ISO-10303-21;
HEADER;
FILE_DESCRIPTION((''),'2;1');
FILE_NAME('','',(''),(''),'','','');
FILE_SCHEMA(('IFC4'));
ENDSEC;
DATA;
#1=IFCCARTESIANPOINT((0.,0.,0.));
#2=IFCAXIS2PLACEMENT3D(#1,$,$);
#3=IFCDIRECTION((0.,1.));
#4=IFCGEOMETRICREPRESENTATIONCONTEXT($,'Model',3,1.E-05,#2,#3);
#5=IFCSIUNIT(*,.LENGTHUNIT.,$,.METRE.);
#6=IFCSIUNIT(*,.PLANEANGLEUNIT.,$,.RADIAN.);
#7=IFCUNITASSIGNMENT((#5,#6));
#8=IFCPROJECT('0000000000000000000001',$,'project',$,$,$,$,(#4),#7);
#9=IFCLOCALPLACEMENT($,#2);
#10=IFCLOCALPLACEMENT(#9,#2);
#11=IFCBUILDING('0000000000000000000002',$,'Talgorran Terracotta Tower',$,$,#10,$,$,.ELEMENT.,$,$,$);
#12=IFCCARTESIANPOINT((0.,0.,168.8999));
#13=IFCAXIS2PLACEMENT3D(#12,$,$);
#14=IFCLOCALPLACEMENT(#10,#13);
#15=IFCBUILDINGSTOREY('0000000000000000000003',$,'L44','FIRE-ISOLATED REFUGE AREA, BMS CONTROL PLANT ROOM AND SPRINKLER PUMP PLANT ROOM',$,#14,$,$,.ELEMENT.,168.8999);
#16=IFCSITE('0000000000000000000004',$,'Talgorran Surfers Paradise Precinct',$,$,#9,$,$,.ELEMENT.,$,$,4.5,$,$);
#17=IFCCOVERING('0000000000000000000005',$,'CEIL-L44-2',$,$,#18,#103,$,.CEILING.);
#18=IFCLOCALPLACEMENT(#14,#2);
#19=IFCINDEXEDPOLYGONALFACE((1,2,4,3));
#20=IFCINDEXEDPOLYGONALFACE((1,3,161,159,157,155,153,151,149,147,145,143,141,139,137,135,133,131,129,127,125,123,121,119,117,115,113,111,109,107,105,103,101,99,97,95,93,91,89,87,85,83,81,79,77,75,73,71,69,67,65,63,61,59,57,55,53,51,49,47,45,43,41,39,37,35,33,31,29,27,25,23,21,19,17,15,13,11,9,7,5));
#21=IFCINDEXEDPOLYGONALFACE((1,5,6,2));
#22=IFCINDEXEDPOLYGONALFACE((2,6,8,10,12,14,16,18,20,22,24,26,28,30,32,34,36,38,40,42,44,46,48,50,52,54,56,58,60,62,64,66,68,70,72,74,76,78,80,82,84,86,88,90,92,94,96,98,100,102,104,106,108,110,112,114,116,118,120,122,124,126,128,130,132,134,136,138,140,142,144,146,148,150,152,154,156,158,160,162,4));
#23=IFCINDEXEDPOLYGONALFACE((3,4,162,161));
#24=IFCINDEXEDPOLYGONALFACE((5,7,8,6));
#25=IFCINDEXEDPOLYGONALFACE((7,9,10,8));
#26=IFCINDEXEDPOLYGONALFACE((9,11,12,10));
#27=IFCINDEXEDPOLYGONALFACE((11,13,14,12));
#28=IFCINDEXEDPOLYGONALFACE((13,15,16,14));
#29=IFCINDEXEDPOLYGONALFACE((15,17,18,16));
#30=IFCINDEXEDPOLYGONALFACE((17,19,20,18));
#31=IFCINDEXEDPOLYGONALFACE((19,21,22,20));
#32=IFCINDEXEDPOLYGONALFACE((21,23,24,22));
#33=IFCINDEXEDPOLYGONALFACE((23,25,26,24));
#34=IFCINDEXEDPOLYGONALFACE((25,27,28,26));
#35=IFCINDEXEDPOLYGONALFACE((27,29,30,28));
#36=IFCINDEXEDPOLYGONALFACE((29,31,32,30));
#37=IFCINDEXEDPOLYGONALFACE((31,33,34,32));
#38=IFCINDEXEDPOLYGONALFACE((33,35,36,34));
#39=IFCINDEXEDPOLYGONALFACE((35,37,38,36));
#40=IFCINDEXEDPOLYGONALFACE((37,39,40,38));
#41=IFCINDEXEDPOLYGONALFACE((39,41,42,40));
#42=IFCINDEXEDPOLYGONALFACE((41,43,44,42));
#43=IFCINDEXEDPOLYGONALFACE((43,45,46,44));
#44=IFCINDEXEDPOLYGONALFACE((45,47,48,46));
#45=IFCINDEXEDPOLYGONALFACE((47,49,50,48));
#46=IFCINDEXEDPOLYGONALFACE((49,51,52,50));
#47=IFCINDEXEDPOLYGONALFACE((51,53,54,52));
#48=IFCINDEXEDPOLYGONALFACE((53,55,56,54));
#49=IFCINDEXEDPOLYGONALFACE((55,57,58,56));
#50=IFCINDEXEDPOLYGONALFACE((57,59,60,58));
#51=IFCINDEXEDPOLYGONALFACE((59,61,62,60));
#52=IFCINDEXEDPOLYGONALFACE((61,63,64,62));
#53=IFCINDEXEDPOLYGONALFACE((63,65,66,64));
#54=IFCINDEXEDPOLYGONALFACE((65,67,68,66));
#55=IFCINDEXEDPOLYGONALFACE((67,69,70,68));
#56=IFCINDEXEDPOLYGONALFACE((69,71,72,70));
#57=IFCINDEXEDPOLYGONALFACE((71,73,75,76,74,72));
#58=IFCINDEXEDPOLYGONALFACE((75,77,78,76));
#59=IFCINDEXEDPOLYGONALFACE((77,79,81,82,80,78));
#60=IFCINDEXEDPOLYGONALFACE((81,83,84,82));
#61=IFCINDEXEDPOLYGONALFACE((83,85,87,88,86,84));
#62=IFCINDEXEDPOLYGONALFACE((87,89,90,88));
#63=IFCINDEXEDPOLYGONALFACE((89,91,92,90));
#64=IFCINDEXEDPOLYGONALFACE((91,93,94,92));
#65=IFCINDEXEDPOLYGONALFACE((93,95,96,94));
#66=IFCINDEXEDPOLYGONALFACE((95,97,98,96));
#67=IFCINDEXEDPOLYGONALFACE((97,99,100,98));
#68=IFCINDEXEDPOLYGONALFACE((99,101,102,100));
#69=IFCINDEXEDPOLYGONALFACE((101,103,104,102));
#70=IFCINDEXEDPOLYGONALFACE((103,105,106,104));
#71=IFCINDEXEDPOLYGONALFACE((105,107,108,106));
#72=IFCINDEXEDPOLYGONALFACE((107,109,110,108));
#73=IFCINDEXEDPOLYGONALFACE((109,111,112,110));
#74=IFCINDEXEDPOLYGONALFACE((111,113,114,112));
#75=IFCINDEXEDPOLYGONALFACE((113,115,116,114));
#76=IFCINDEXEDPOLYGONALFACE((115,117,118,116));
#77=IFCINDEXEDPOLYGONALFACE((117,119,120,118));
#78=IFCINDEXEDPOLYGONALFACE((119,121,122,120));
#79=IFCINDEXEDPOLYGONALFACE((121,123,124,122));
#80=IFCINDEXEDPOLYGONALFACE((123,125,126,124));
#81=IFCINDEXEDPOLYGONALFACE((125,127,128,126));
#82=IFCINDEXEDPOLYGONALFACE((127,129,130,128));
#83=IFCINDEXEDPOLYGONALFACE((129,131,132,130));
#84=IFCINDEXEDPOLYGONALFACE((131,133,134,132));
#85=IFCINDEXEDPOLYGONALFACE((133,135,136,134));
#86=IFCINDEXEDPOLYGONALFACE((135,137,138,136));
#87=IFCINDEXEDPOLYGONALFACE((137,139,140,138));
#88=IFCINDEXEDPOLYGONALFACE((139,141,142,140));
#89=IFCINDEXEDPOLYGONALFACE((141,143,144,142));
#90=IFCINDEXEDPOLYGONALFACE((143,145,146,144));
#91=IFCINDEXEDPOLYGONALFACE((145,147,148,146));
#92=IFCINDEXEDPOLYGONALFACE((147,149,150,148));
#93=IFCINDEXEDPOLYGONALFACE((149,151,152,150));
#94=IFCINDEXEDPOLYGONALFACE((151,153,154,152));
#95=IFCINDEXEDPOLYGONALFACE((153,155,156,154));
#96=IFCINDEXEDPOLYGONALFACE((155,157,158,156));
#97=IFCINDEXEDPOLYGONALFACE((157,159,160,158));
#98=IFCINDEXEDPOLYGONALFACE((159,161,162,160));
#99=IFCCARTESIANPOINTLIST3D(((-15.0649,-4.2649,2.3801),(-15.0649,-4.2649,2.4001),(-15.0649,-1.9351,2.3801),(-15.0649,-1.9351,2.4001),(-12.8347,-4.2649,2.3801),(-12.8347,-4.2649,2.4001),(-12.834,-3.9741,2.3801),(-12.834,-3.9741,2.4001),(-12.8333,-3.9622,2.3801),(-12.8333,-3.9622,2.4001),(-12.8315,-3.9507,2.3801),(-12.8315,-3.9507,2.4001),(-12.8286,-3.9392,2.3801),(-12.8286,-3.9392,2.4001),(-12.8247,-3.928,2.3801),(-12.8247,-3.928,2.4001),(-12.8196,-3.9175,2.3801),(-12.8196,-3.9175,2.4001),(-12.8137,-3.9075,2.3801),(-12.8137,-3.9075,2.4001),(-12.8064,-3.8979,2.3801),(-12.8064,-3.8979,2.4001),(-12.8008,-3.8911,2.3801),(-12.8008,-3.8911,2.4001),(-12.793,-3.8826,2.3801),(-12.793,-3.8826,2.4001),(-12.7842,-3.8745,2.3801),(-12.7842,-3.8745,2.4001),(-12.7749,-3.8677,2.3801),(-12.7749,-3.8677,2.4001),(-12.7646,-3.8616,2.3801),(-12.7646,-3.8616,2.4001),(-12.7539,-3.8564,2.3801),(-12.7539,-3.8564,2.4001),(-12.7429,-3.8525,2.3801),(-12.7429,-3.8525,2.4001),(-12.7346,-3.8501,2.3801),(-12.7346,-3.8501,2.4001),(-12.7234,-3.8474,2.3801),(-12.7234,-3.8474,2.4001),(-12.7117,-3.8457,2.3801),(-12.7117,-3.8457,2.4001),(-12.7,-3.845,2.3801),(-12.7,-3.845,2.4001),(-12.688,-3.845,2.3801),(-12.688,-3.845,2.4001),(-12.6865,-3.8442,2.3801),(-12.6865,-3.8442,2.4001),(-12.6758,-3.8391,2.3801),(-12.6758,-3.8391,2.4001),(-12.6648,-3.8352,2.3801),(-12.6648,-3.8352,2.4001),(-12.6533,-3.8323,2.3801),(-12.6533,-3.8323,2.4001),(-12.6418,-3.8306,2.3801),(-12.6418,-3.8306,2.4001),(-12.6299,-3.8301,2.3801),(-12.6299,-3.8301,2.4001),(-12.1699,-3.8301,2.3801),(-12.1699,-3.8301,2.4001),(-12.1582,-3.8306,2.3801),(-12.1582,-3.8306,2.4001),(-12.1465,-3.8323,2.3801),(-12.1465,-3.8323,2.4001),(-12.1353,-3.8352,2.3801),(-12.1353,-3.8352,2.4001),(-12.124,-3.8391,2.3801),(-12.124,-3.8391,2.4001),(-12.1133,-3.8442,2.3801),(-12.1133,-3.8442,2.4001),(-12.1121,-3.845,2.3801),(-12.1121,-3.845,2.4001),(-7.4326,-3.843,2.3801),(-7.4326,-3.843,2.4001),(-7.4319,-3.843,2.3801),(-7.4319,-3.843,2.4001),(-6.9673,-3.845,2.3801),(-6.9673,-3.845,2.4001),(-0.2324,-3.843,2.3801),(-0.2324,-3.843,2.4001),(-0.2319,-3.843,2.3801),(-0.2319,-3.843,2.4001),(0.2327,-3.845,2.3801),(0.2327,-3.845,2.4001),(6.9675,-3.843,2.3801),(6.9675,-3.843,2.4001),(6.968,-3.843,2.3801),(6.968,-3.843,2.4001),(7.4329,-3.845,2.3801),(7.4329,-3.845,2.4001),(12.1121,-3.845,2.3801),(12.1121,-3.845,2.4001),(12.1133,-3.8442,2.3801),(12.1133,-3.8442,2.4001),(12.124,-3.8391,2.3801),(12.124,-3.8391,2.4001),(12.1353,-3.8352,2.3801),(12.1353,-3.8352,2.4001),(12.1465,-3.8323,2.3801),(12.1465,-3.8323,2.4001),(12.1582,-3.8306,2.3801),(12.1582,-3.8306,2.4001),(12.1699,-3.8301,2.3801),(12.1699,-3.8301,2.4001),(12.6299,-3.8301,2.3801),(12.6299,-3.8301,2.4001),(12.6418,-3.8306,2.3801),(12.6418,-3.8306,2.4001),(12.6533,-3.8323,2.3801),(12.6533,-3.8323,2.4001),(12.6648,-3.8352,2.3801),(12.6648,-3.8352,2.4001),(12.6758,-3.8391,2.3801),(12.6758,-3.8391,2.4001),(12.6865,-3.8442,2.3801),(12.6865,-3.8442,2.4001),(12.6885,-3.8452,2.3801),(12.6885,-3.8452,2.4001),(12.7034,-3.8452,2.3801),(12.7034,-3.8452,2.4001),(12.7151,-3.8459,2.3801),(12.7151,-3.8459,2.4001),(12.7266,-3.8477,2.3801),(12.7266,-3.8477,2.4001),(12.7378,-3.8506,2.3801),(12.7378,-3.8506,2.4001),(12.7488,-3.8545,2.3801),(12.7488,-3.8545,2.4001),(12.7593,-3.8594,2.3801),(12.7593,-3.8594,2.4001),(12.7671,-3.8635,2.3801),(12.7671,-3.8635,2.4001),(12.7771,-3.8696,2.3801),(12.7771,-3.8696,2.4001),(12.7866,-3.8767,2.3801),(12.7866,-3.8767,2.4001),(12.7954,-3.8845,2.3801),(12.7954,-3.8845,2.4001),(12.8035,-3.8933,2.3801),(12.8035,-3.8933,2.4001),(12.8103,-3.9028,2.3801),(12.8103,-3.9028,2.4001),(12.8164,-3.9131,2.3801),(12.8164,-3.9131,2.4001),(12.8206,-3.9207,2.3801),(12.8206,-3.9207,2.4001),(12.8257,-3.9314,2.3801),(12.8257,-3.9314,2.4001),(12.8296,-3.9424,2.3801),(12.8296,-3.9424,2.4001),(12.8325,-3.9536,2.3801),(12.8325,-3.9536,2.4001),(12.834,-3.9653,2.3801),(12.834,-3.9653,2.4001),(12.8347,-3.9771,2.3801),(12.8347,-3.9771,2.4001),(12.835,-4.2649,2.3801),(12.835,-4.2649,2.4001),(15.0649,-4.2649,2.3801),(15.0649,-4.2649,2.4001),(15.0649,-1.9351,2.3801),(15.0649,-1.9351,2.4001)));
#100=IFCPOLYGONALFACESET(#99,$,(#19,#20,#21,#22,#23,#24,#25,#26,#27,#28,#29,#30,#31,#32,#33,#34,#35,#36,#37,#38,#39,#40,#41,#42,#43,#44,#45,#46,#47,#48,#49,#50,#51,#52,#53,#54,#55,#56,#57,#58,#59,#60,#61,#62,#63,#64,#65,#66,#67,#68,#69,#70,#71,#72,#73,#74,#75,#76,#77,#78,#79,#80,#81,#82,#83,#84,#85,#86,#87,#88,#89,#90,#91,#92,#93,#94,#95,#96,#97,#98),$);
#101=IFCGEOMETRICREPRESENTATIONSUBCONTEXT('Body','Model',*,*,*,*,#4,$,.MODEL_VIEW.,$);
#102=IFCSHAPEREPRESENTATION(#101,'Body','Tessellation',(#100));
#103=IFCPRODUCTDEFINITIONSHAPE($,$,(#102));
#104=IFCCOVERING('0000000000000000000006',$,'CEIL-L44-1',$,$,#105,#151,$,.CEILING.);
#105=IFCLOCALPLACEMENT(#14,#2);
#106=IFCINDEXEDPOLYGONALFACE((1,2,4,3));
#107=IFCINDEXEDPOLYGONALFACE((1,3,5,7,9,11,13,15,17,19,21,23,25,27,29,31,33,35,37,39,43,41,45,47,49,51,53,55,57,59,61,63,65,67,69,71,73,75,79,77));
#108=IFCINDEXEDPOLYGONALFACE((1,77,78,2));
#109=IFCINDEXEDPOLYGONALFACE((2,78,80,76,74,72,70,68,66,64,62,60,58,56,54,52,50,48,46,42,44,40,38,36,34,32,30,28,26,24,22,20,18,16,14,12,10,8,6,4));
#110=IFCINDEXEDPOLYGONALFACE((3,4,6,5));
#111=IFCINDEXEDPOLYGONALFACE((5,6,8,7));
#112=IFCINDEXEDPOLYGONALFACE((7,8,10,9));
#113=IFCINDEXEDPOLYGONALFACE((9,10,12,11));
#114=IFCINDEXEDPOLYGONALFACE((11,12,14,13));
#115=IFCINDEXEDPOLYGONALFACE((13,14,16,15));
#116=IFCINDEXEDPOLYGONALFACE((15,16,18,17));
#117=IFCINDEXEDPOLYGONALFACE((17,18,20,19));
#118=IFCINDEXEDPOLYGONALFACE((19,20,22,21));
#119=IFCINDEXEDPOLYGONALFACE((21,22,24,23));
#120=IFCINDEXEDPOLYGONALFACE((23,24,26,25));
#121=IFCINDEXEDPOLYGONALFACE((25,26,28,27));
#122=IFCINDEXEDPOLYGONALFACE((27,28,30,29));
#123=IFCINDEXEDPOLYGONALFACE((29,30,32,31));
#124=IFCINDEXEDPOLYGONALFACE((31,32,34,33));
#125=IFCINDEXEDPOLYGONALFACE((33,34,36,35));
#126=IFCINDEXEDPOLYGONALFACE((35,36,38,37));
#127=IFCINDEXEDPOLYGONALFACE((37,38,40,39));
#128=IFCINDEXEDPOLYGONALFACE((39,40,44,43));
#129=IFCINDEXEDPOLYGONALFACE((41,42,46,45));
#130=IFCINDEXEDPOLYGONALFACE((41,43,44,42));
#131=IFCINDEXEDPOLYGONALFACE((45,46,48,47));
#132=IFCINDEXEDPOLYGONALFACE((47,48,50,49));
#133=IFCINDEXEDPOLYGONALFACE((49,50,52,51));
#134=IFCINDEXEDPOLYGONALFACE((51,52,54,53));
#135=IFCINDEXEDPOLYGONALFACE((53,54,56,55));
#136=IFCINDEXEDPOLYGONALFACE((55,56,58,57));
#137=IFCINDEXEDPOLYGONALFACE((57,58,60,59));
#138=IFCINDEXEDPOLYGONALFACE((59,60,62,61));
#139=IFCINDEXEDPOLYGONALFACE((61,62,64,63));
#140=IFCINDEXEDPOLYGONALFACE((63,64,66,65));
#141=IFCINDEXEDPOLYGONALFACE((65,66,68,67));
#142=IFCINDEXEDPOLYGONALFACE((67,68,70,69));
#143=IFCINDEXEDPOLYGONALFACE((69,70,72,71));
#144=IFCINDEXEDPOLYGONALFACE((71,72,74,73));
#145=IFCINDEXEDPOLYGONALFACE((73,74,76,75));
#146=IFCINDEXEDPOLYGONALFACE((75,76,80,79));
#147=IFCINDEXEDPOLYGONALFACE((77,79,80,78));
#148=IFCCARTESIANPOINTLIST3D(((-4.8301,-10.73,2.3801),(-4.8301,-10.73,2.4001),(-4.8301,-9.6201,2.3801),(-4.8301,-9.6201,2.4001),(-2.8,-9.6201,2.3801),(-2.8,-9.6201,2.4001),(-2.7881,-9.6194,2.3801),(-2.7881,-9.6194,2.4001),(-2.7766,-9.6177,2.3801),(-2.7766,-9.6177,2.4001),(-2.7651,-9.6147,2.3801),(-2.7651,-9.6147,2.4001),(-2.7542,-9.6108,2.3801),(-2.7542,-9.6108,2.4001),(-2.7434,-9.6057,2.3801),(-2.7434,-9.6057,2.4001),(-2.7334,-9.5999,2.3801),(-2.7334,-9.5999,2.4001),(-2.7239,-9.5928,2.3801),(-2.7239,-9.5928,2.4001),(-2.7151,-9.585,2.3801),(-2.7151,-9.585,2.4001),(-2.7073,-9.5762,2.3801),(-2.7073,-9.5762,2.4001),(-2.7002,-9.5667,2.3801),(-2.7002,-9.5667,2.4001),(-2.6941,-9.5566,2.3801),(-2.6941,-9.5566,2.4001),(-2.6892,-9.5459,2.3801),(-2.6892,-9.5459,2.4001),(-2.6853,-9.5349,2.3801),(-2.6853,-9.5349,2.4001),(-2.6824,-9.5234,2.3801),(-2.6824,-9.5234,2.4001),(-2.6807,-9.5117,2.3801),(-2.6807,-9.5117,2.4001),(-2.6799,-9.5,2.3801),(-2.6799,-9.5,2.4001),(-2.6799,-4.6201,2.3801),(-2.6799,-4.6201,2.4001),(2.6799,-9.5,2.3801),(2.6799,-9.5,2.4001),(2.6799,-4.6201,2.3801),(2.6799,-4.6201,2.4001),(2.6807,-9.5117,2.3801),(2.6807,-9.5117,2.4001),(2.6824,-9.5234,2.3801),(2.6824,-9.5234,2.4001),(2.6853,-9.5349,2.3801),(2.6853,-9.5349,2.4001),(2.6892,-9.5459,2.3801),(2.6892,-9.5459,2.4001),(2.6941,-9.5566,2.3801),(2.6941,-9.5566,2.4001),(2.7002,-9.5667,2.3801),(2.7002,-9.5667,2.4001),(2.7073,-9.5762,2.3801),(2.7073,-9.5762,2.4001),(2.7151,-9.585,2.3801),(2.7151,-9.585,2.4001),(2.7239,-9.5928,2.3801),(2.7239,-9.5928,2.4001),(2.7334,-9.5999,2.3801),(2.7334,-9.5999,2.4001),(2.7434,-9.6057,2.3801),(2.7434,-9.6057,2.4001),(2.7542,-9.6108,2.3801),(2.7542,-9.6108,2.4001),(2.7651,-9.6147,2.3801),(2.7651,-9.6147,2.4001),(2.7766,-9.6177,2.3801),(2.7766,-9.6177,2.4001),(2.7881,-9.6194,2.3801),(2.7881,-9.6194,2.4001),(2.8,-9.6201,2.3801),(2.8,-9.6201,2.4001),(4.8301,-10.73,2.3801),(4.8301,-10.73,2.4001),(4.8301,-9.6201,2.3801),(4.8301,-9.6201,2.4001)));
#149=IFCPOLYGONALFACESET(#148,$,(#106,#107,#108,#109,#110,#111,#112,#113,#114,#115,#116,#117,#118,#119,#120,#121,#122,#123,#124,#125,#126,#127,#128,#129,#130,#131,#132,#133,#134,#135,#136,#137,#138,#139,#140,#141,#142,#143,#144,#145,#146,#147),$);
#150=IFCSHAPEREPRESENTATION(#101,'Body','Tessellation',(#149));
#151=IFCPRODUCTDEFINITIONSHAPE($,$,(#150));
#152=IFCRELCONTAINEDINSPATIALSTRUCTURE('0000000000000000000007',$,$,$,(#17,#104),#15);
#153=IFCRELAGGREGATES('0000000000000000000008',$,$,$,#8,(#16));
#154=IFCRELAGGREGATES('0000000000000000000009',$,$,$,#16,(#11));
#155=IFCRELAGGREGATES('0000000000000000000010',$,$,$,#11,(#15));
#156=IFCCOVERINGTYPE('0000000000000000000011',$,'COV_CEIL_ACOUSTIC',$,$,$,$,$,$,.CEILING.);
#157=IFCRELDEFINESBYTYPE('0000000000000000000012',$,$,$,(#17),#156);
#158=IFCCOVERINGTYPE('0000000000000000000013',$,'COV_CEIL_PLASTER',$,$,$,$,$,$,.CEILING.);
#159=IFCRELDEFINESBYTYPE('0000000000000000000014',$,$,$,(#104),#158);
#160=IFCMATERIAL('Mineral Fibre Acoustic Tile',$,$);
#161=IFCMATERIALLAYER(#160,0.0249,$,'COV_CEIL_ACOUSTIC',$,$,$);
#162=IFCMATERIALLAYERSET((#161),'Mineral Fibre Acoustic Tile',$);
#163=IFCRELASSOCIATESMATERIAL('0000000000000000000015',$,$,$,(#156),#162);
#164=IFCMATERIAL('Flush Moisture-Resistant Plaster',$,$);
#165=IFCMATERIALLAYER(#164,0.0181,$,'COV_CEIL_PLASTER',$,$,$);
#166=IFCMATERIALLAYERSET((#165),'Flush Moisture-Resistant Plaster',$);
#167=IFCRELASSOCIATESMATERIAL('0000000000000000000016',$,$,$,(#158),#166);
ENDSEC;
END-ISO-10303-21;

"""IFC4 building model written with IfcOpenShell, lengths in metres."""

from ifc_helpers import new_model, si_unit, direction, frame, origin, place, context, subcontext, project, spatial, polyline, outline, extrude, material, layer, layer_set, type_object, element, save


model = new_model("IFC4")

# Units and contexts
model_context = context("Model", 3, precision=1e-05, world=origin(), true_north=direction((0.0, 1.0)))
body_context = subcontext(model_context, "Body", "Model", "MODEL_VIEW")
ifc_project = project(units=[si_unit("LENGTHUNIT", "METRE"), si_unit("PLANEANGLEUNIT", "RADIAN")], contexts=[model_context])

# Site, building, storey
site_placement = place(None, origin())
site = spatial("IfcSite", under=ifc_project, at=site_placement, Name="Talgorran Surfers Paradise Precinct", CompositionType="ELEMENT", RefElevation=4.5)
building_placement = place(site_placement, origin())
building = spatial("IfcBuilding", under=site, at=building_placement, Name="Talgorran Terracotta Tower", CompositionType="ELEMENT")
storey_placement = place(building_placement, frame((0.0, 0.0, 168.8999)))
storey = spatial("IfcBuildingStorey", under=building, at=storey_placement, Name="L44", Description="FIRE-ISOLATED REFUGE AREA, BMS CONTROL PLANT ROOM AND SPRINKLER PUMP PLANT ROOM", CompositionType="ELEMENT", Elevation=168.8999)

# Coverings
ifc_material_1 = material(Name="Mineral Fibre Acoustic Tile")
ifc_layer_1 = layer(ifc_material_1, 0.0249, Name="COV_CEIL_ACOUSTIC")
ifc_layer_set_1 = layer_set([ifc_layer_1], Name="Mineral Fibre Acoustic Tile")
covering_type_1 = type_object("IfcCoveringType", Name="COV_CEIL_ACOUSTIC", PredefinedType="CEILING", material=ifc_layer_set_1)
covering_1_placement = place(storey_placement, frame((0.0, 0.0, 2.3801)))
element("IfcCovering", 1, at=covering_1_placement, inside=storey, type_object=covering_type_1, Name="CEIL-L44-2", PredefinedType="CEILING", context=body_context, shape_type="SweptSolid", body=[
    extrude(outline(polyline([(-12.688, -3.845), (-12.7, -3.845), (-12.7117, -3.8457), (-12.7234, -3.8474), (-12.7346, -3.8501), (-12.7429, -3.8525), (-12.7539, -3.8564), (-12.7646, -3.8616), (-12.7749, -3.8677), (-12.7842, -3.8745), (-12.793, -3.8826), (-12.8008, -3.8911), (-12.8064, -3.8979), (-12.8137, -3.9075), (-12.8196, -3.9175), (-12.8247, -3.928), (-12.8286, -3.9392), (-12.8315, -3.9507), (-12.8333, -3.9622), (-12.834, -3.9741), (-12.8347, -4.2649), (-15.0649, -4.2649), (-15.0649, -1.9351), (15.0649, -1.9351), (15.0649, -4.2649), (12.835, -4.2649), (12.8347, -3.9771), (12.834, -3.9653), (12.8325, -3.9536), (12.8296, -3.9424), (12.8257, -3.9314), (12.8206, -3.9207), (12.8164, -3.9131), (12.8103, -3.9028), (12.8035, -3.8933), (12.7954, -3.8845), (12.7866, -3.8767), (12.7771, -3.8696), (12.7671, -3.8635), (12.7593, -3.8594), (12.7488, -3.8545), (12.7378, -3.8506), (12.7266, -3.8477), (12.7151, -3.8459), (12.7034, -3.8452), (12.6885, -3.8452), (12.6865, -3.8442), (12.6758, -3.8391), (12.6648, -3.8352), (12.6533, -3.8323), (12.6418, -3.8306), (12.6299, -3.8301), (12.1699, -3.8301), (12.1582, -3.8306), (12.1465, -3.8323), (12.1353, -3.8352), (12.124, -3.8391), (12.1133, -3.8442), (12.1121, -3.845), (7.4329, -3.845), (6.968, -3.843), (6.9675, -3.843), (0.2327, -3.845), (-0.2319, -3.843), (-0.2324, -3.843), (-6.9673, -3.845), (-7.4319, -3.843), (-7.4326, -3.843), (-12.1121, -3.845), (-12.1133, -3.8442), (-12.124, -3.8391), (-12.1353, -3.8352), (-12.1465, -3.8323), (-12.1582, -3.8306), (-12.1699, -3.8301), (-12.6299, -3.8301), (-12.6418, -3.8306), (-12.6533, -3.8323), (-12.6648, -3.8352), (-12.6758, -3.8391), (-12.6865, -3.8442), (-12.688, -3.845)])), origin(), (0.0, 0.0, 1.0), 0.02),
])
ifc_material_2 = material(Name="Flush Moisture-Resistant Plaster")
ifc_layer_2 = layer(ifc_material_2, 0.0181, Name="COV_CEIL_PLASTER")
ifc_layer_set_2 = layer_set([ifc_layer_2], Name="Flush Moisture-Resistant Plaster")
covering_type_2 = type_object("IfcCoveringType", Name="COV_CEIL_PLASTER", PredefinedType="CEILING", material=ifc_layer_set_2)
covering_2_placement = place(storey_placement, frame((0.0, 0.0, 2.3801)))
element("IfcCovering", 2, at=covering_2_placement, inside=storey, type_object=covering_type_2, Name="CEIL-L44-1", PredefinedType="CEILING", context=body_context, shape_type="SweptSolid", body=[
    extrude(outline(polyline([(-4.8301, -9.6201), (-2.8, -9.6201), (-2.7881, -9.6194), (-2.7766, -9.6177), (-2.7651, -9.6147), (-2.7542, -9.6108), (-2.7434, -9.6057), (-2.7334, -9.5999), (-2.7239, -9.5928), (-2.7151, -9.585), (-2.7073, -9.5762), (-2.7002, -9.5667), (-2.6941, -9.5566), (-2.6892, -9.5459), (-2.6853, -9.5349), (-2.6824, -9.5234), (-2.6807, -9.5117), (-2.6799, -9.5), (-2.6799, -4.6201), (2.6799, -4.6201), (2.6799, -9.5), (2.6807, -9.5117), (2.6824, -9.5234), (2.6853, -9.5349), (2.6892, -9.5459), (2.6941, -9.5566), (2.7002, -9.5667), (2.7073, -9.5762), (2.7151, -9.585), (2.7239, -9.5928), (2.7334, -9.5999), (2.7434, -9.6057), (2.7542, -9.6108), (2.7651, -9.6147), (2.7766, -9.6177), (2.7881, -9.6194), (2.8, -9.6201), (4.8301, -9.6201), (4.8301, -10.73), (-4.8301, -10.73), (-4.8301, -9.6201)])), origin(), (0.0, 0.0, 1.0), 0.02),
])

save(model, "model.ifc")
